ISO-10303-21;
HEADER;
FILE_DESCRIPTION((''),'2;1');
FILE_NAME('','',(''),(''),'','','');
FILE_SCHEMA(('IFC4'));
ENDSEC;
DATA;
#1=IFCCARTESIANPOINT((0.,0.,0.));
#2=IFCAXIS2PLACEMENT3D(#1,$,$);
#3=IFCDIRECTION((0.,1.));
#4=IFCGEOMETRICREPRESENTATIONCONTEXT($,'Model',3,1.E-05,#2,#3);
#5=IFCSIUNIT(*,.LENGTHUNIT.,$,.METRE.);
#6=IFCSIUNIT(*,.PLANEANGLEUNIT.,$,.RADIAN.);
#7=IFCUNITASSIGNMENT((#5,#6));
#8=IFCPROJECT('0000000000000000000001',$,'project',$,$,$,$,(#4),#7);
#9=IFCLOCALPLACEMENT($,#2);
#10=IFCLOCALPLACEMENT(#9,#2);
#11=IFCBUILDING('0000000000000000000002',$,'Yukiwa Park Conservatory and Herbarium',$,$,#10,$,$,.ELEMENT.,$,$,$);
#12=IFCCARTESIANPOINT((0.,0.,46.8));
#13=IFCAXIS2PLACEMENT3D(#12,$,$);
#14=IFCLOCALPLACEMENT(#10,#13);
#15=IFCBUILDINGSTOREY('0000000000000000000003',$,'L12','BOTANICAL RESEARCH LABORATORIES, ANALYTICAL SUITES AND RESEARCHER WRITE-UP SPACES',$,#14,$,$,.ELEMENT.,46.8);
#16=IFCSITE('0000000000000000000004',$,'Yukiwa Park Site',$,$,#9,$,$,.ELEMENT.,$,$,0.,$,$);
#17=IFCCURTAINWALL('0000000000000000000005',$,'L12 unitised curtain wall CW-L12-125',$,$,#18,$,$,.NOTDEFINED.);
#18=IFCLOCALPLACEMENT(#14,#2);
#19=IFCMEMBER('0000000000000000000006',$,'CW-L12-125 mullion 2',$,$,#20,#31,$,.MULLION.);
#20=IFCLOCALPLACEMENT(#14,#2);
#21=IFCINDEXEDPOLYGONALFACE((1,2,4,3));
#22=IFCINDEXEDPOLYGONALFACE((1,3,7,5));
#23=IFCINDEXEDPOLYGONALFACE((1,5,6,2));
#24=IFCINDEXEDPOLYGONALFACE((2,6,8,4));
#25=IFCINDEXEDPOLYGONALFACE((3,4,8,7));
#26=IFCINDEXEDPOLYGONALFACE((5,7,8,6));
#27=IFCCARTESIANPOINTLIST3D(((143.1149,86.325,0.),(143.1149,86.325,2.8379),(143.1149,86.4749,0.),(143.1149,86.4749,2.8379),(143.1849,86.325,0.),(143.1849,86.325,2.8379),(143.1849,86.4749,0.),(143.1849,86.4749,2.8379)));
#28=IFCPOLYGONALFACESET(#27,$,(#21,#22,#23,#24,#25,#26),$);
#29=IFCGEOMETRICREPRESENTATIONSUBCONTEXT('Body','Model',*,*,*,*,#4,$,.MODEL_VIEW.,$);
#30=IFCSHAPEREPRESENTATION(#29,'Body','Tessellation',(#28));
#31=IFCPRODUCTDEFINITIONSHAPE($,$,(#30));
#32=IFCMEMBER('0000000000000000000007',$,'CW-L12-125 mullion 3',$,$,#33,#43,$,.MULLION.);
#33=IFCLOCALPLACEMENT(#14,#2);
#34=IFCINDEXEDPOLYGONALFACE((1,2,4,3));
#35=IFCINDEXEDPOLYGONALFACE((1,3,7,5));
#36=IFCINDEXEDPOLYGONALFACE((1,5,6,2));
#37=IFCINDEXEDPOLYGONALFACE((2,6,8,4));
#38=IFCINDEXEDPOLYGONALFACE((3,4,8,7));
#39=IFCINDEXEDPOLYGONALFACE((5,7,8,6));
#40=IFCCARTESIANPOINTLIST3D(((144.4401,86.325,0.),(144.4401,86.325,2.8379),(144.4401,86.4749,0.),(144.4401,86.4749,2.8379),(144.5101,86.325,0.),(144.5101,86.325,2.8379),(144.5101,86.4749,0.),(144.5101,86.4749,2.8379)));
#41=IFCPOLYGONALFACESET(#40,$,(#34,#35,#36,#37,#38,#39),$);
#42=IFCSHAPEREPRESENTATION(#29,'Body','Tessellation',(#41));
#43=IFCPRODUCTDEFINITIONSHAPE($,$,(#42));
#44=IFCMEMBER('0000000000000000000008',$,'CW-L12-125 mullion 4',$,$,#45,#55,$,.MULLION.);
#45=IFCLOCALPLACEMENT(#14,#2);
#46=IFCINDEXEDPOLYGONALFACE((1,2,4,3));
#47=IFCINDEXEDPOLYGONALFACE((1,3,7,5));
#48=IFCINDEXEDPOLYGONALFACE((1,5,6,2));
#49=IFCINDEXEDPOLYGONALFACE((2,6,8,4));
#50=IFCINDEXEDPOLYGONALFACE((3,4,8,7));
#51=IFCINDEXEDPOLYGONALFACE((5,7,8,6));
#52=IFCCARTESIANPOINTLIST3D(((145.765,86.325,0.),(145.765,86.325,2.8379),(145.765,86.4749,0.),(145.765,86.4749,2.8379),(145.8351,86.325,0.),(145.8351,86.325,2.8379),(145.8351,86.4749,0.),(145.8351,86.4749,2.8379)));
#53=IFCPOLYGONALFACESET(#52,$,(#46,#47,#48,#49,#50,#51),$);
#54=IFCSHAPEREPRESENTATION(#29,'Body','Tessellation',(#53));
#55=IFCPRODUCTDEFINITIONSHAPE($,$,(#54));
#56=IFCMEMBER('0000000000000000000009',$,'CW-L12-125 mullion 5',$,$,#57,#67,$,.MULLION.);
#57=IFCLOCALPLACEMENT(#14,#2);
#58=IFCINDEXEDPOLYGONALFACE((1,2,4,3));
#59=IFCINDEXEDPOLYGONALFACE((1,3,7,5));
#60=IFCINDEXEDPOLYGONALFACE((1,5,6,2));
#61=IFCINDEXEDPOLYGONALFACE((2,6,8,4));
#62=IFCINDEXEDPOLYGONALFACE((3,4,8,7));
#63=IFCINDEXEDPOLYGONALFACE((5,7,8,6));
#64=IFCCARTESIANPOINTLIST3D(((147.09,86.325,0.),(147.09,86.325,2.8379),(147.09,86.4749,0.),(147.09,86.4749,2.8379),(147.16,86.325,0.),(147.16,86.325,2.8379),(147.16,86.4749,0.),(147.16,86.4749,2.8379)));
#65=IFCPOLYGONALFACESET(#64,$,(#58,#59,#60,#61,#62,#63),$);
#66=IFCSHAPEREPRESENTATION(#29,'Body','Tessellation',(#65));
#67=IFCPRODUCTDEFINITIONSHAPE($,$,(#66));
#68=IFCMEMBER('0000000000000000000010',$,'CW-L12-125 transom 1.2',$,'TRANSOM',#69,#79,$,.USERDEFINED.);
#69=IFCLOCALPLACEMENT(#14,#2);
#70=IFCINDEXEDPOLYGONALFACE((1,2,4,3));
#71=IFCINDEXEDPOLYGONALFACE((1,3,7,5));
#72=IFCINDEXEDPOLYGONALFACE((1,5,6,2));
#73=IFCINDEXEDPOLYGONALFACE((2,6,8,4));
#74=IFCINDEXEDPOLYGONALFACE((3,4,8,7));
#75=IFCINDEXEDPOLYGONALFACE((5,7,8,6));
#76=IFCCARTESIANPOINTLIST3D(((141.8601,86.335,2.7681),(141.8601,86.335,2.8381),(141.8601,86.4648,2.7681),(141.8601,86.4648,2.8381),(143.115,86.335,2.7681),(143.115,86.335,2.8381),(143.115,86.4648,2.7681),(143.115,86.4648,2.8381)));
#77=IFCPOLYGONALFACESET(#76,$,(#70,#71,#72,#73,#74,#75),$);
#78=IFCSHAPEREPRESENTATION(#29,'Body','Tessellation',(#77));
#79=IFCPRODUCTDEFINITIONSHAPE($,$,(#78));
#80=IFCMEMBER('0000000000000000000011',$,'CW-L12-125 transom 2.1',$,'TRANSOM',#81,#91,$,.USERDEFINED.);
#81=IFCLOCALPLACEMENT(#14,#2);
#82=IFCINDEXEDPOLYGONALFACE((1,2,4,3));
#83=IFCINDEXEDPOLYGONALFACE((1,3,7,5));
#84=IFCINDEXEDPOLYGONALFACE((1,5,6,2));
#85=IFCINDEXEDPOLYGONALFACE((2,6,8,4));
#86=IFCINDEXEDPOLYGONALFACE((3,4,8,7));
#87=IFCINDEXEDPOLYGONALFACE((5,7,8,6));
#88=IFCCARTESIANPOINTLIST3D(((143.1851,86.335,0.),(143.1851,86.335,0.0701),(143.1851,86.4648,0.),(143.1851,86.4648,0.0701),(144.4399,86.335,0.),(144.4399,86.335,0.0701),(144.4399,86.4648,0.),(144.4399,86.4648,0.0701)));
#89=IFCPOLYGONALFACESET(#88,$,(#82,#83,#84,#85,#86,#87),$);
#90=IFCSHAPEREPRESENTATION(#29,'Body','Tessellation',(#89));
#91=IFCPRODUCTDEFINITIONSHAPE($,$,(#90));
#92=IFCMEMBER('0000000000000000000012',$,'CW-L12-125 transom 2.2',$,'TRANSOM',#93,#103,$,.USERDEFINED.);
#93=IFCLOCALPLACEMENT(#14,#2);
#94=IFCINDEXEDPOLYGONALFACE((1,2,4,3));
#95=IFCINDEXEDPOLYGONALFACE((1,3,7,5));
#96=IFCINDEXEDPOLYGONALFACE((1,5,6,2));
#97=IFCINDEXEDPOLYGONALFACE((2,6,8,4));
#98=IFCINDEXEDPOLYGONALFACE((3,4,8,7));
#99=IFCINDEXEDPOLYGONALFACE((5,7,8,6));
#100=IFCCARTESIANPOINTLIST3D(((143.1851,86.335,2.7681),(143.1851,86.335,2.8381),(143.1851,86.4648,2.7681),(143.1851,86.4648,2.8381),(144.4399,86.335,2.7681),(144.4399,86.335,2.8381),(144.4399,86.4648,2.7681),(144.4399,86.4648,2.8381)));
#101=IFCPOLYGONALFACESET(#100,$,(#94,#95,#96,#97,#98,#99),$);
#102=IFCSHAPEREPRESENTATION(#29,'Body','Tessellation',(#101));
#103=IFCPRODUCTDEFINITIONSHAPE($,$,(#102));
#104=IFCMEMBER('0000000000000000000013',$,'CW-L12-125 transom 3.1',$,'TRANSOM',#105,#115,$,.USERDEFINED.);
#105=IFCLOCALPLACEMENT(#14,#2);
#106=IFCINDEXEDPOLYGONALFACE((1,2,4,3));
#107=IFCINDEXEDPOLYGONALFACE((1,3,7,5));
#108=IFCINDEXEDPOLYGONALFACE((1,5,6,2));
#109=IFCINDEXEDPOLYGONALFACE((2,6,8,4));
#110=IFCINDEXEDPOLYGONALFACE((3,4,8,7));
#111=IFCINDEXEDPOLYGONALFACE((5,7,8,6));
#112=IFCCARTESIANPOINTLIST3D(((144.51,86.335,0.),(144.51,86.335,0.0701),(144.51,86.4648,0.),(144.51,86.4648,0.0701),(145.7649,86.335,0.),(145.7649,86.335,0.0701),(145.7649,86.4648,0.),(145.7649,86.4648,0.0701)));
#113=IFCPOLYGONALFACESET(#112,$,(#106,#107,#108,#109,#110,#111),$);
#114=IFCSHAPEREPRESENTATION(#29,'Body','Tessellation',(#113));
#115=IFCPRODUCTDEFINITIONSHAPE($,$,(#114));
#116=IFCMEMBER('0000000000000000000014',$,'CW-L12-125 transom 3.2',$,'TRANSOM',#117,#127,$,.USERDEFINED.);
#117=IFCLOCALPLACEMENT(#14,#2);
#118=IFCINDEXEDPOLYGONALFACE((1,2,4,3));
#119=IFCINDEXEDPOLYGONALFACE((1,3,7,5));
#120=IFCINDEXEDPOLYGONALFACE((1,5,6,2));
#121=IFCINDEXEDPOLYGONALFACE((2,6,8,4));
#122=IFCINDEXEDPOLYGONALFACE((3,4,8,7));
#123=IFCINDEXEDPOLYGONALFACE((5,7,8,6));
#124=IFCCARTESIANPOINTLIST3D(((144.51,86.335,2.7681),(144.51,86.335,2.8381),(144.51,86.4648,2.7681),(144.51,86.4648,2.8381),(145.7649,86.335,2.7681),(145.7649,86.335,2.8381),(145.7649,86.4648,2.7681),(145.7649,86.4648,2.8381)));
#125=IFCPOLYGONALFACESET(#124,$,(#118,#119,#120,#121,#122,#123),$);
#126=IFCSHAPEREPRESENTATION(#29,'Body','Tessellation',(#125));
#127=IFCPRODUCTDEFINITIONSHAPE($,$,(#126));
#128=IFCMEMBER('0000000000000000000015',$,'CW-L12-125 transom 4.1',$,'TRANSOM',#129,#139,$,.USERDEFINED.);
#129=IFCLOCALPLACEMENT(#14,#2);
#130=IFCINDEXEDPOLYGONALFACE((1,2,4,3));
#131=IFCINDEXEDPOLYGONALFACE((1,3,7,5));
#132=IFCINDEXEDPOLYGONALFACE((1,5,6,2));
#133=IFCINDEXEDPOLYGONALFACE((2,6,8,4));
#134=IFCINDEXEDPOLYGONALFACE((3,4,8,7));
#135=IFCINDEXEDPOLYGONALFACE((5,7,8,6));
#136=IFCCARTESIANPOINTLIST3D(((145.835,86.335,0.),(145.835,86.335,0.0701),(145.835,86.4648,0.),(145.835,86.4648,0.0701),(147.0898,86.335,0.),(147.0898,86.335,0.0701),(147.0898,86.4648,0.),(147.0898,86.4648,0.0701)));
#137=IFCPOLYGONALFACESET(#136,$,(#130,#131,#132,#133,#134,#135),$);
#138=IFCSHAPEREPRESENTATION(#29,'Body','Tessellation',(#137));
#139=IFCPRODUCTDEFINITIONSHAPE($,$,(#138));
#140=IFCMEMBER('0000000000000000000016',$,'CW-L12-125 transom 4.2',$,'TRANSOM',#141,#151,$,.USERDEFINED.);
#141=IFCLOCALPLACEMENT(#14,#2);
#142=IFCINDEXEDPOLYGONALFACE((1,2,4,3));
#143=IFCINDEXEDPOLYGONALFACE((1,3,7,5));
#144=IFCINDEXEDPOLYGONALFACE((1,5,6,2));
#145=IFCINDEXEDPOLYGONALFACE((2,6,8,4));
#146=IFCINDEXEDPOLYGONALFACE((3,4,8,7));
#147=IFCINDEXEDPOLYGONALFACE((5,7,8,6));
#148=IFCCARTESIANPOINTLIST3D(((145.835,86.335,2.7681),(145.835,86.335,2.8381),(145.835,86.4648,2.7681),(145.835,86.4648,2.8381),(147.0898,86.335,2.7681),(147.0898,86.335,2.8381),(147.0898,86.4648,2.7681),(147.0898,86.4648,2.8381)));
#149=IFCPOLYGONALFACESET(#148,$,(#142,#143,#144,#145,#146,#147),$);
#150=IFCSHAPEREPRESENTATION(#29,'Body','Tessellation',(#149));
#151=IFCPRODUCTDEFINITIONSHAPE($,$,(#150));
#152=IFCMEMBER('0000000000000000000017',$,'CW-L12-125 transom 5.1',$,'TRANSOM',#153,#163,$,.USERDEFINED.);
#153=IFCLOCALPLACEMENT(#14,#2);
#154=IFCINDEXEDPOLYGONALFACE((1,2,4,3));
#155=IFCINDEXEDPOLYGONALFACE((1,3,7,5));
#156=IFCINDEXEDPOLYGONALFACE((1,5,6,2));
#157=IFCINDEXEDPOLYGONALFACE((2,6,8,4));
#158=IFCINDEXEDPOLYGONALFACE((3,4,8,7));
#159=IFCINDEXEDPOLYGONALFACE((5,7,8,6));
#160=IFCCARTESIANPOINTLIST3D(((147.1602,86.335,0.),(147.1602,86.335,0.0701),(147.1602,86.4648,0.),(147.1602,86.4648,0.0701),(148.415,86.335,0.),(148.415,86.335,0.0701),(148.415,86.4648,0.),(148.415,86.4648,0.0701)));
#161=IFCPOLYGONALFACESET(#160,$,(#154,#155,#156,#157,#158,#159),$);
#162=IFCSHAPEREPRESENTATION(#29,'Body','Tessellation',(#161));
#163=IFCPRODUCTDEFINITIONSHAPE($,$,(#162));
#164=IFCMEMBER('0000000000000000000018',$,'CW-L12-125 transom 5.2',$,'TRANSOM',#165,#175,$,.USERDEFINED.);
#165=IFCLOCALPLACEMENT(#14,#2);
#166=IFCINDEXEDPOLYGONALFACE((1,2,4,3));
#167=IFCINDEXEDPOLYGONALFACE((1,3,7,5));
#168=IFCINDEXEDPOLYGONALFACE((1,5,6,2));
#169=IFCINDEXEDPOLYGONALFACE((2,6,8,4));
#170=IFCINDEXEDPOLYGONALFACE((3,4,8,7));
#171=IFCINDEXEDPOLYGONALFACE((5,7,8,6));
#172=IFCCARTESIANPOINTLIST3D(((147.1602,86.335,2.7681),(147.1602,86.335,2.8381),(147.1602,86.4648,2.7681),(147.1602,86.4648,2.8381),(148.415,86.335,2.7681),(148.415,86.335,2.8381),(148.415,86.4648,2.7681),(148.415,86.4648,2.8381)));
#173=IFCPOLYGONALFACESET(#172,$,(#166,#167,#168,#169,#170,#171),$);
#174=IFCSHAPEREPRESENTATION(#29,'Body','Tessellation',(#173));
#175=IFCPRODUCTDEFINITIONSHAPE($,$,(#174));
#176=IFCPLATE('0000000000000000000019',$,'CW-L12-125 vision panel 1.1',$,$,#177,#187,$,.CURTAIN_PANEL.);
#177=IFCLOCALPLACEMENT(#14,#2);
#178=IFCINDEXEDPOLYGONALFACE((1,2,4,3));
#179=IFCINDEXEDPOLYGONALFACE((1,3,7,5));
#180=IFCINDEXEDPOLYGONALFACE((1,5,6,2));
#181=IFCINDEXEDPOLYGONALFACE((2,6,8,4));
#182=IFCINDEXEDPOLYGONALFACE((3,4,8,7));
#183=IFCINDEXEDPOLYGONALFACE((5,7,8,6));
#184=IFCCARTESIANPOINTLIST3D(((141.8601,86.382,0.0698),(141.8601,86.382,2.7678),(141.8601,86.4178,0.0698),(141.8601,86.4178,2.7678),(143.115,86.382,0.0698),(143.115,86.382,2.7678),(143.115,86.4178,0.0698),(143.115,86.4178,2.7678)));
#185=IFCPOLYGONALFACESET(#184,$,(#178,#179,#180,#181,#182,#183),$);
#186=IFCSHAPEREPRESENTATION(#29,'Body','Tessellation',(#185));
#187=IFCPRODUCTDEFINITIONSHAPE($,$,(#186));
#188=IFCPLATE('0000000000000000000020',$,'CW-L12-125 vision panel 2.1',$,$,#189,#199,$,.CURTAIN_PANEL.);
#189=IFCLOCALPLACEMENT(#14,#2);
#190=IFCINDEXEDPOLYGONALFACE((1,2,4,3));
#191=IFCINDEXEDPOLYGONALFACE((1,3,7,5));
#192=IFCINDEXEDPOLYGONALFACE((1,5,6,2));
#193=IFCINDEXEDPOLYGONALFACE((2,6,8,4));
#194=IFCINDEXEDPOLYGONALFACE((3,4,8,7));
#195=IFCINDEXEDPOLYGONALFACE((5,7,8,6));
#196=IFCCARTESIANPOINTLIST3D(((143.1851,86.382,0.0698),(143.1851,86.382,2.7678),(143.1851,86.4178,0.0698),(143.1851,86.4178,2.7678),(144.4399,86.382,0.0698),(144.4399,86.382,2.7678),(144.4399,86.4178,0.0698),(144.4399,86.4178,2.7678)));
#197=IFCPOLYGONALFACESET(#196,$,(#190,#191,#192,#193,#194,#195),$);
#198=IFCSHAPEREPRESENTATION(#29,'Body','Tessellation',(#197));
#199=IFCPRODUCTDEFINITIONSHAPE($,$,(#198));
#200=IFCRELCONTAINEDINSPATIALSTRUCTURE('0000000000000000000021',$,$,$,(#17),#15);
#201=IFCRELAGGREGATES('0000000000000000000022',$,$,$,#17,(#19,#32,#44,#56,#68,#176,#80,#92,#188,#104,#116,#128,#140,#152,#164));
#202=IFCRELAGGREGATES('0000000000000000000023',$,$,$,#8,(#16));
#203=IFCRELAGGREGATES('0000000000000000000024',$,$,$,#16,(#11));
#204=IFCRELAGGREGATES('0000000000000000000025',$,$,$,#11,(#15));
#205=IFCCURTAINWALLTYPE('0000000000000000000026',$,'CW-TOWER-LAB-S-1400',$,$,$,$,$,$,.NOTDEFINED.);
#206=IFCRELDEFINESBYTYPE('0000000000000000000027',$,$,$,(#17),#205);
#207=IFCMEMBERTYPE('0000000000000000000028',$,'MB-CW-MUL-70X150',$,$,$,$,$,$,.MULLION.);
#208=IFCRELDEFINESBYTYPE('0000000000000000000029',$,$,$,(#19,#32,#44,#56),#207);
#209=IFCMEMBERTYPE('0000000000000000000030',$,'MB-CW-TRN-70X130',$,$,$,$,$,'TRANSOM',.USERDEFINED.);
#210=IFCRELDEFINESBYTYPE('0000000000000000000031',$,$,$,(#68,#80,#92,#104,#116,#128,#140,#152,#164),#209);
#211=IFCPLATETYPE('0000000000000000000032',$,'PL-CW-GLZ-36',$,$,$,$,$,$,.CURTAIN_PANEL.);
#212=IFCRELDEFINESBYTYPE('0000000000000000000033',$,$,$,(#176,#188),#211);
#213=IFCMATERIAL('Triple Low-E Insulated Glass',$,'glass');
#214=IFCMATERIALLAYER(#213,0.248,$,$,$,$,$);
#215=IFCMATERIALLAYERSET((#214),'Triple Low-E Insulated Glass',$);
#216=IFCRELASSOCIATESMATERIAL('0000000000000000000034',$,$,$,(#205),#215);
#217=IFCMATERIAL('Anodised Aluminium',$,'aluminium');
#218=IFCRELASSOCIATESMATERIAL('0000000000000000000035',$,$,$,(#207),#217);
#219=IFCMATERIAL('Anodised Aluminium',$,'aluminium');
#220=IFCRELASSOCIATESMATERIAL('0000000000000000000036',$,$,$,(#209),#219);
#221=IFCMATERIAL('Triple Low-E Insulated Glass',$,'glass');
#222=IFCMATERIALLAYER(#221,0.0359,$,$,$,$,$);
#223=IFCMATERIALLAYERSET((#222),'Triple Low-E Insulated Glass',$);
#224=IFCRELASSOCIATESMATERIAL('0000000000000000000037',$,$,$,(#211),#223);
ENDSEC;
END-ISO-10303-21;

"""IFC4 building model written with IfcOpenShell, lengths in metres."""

from ifc_helpers import new_model, si_unit, direction, frame, origin, origin_2d, place, context, subcontext, project, spatial, rectangle, extrude, material, layer, layer_set, type_object, element, aggregate, save


model = new_model("IFC4")

# Units and contexts
model_context = context("Model", 3, precision=1e-05, world=origin(), true_north=direction((0.0, 1.0)))
body_context = subcontext(model_context, "Body", "Model", "MODEL_VIEW")
ifc_project = project(units=[si_unit("LENGTHUNIT", "METRE"), si_unit("PLANEANGLEUNIT", "RADIAN")], contexts=[model_context])

# Site, building, storey
site_placement = place(None, origin())
site = spatial("IfcSite", under=ifc_project, at=site_placement, Name="Yukiwa Park Site", CompositionType="ELEMENT", RefElevation=0.0)
building_placement = place(site_placement, origin())
building = spatial("IfcBuilding", under=site, at=building_placement, Name="Yukiwa Park Conservatory and Herbarium", CompositionType="ELEMENT")
storey_placement = place(building_placement, frame((0.0, 0.0, 46.8)))
storey = spatial("IfcBuildingStorey", under=building, at=storey_placement, Name="L12", Description="BOTANICAL RESEARCH LABORATORIES, ANALYTICAL SUITES AND RESEARCHER WRITE-UP SPACES", CompositionType="ELEMENT", Elevation=46.8)

# Curtain wall, members, plates
ifc_material_1 = material(Name="Triple Low-E Insulated Glass", Category="glass")
ifc_layer_1 = layer(ifc_material_1, 0.248)
ifc_layer_set_1 = layer_set([ifc_layer_1], Name="Triple Low-E Insulated Glass")
curtain_wall_type = type_object("IfcCurtainWallType", Name="CW-TOWER-LAB-S-1400", PredefinedType="NOTDEFINED", material=ifc_layer_set_1)
curtain_wall_placement = place(storey_placement, origin())
curtain_wall = element("IfcCurtainWall", 1, at=curtain_wall_placement, inside=storey, type_object=curtain_wall_type, Name="L12 unitised curtain wall CW-L12-125", PredefinedType="NOTDEFINED")
ifc_material_2 = material(Name="Anodised Aluminium", Category="aluminium")
member_type_1 = type_object("IfcMemberType", Name="MB-CW-MUL-70X150", PredefinedType="MULLION", material=ifc_material_2)
member_1_placement = place(storey_placement, frame((143.1499, 86.3999, 0.0), z_axis=(0.0, 0.0, 1.0), x_axis=(1.0, 0.0, 0.0)))
member_1 = element("IfcMember", 2, at=member_1_placement, type_object=member_type_1, Name="CW-L12-125 mullion 2", PredefinedType="MULLION", context=body_context, shape_type="SweptSolid", body=[
    extrude(rectangle(XDim=0.0701, YDim=0.1499, at=origin_2d()), origin(), (0.0, 0.0, 1.0), 2.8379),
])
member_2_placement = place(storey_placement, frame((144.4751, 86.3999, 0.0), z_axis=(0.0, 0.0, 1.0), x_axis=(1.0, 0.0, 0.0)))
member_2 = element("IfcMember", 3, at=member_2_placement, type_object=member_type_1, Name="CW-L12-125 mullion 3", PredefinedType="MULLION", context=body_context, shape_type="SweptSolid", body=[
    extrude(rectangle(XDim=0.0701, YDim=0.1499, at=origin_2d()), origin(), (0.0, 0.0, 1.0), 2.8379),
])
member_3_placement = place(storey_placement, frame((145.8, 86.3999, 0.0), z_axis=(0.0, 0.0, 1.0), x_axis=(1.0, 0.0, 0.0)))
member_3 = element("IfcMember", 4, at=member_3_placement, type_object=member_type_1, Name="CW-L12-125 mullion 4", PredefinedType="MULLION", context=body_context, shape_type="SweptSolid", body=[
    extrude(rectangle(XDim=0.0701, YDim=0.1499, at=origin_2d()), origin(), (0.0, 0.0, 1.0), 2.8379),
])
member_4_placement = place(storey_placement, frame((147.125, 86.3999, 0.0), z_axis=(0.0, 0.0, 1.0), x_axis=(1.0, 0.0, 0.0)))
member_4 = element("IfcMember", 5, at=member_4_placement, type_object=member_type_1, Name="CW-L12-125 mullion 5", PredefinedType="MULLION", context=body_context, shape_type="SweptSolid", body=[
    extrude(rectangle(XDim=0.0701, YDim=0.1499, at=origin_2d()), origin(), (0.0, 0.0, 1.0), 2.8379),
])
ifc_material_3 = material(Name="Anodised Aluminium", Category="aluminium")
member_type_2 = type_object("IfcMemberType", Name="MB-CW-TRN-70X130", ElementType="TRANSOM", PredefinedType="USERDEFINED", material=ifc_material_3)
member_5_placement = place(storey_placement, frame((142.4875, 86.3999, 2.7681), z_axis=(0.0, 0.0, 1.0), x_axis=(1.0, 0.0, 0.0)))
member_5 = element("IfcMember", 6, at=member_5_placement, type_object=member_type_2, Name="CW-L12-125 transom 1.2", ObjectType="TRANSOM", PredefinedType="USERDEFINED", context=body_context, shape_type="SweptSolid", body=[
    extrude(rectangle(XDim=1.2549, YDim=0.1299, at=origin_2d()), origin(), (0.0, 0.0, 1.0), 0.0701),
])
member_6_placement = place(storey_placement, frame((143.8125, 86.3999, 0.0), z_axis=(0.0, 0.0, 1.0), x_axis=(1.0, 0.0, 0.0)))
member_6 = element("IfcMember", 7, at=member_6_placement, type_object=member_type_2, Name="CW-L12-125 transom 2.1", ObjectType="TRANSOM", PredefinedType="USERDEFINED", context=body_context, shape_type="SweptSolid", body=[
    extrude(rectangle(XDim=1.2549, YDim=0.1299, at=origin_2d()), origin(), (0.0, 0.0, 1.0), 0.0701),
])
member_7_placement = place(storey_placement, frame((143.8125, 86.3999, 2.7681), z_axis=(0.0, 0.0, 1.0), x_axis=(1.0, 0.0, 0.0)))
member_7 = element("IfcMember", 8, at=member_7_placement, type_object=member_type_2, Name="CW-L12-125 transom 2.2", ObjectType="TRANSOM", PredefinedType="USERDEFINED", context=body_context, shape_type="SweptSolid", body=[
    extrude(rectangle(XDim=1.2549, YDim=0.1299, at=origin_2d()), origin(), (0.0, 0.0, 1.0), 0.0701),
])
member_8_placement = place(storey_placement, frame((145.1375, 86.3999, 0.0), z_axis=(0.0, 0.0, 1.0), x_axis=(1.0, 0.0, 0.0)))
member_8 = element("IfcMember", 9, at=member_8_placement, type_object=member_type_2, Name="CW-L12-125 transom 3.1", ObjectType="TRANSOM", PredefinedType="USERDEFINED", context=body_context, shape_type="SweptSolid", body=[
    extrude(rectangle(XDim=1.2549, YDim=0.1299, at=origin_2d()), origin(), (0.0, 0.0, 1.0), 0.0701),
])
member_9_placement = place(storey_placement, frame((145.1375, 86.3999, 2.7681), z_axis=(0.0, 0.0, 1.0), x_axis=(1.0, 0.0, 0.0)))
member_9 = element("IfcMember", 10, at=member_9_placement, type_object=member_type_2, Name="CW-L12-125 transom 3.2", ObjectType="TRANSOM", PredefinedType="USERDEFINED", context=body_context, shape_type="SweptSolid", body=[
    extrude(rectangle(XDim=1.2549, YDim=0.1299, at=origin_2d()), origin(), (0.0, 0.0, 1.0), 0.0701),
])
member_10_placement = place(storey_placement, frame((146.4624, 86.3999, 0.0), z_axis=(0.0, 0.0, 1.0), x_axis=(1.0, 0.0, 0.0)))
member_10 = element("IfcMember", 11, at=member_10_placement, type_object=member_type_2, Name="CW-L12-125 transom 4.1", ObjectType="TRANSOM", PredefinedType="USERDEFINED", context=body_context, shape_type="SweptSolid", body=[
    extrude(rectangle(XDim=1.2549, YDim=0.1299, at=origin_2d()), origin(), (0.0, 0.0, 1.0), 0.0701),
])
member_11_placement = place(storey_placement, frame((146.4624, 86.3999, 2.7681), z_axis=(0.0, 0.0, 1.0), x_axis=(1.0, 0.0, 0.0)))
member_11 = element("IfcMember", 12, at=member_11_placement, type_object=member_type_2, Name="CW-L12-125 transom 4.2", ObjectType="TRANSOM", PredefinedType="USERDEFINED", context=body_context, shape_type="SweptSolid", body=[
    extrude(rectangle(XDim=1.2549, YDim=0.1299, at=origin_2d()), origin(), (0.0, 0.0, 1.0), 0.0701),
])
member_12_placement = place(storey_placement, frame((147.7876, 86.3999, 0.0), z_axis=(0.0, 0.0, 1.0), x_axis=(1.0, 0.0, 0.0)))
member_12 = element("IfcMember", 13, at=member_12_placement, type_object=member_type_2, Name="CW-L12-125 transom 5.1", ObjectType="TRANSOM", PredefinedType="USERDEFINED", context=body_context, shape_type="SweptSolid", body=[
    extrude(rectangle(XDim=1.2549, YDim=0.1299, at=origin_2d()), origin(), (0.0, 0.0, 1.0), 0.0701),
])
member_13_placement = place(storey_placement, frame((147.7876, 86.3999, 2.7681), z_axis=(0.0, 0.0, 1.0), x_axis=(1.0, 0.0, 0.0)))
member_13 = element("IfcMember", 14, at=member_13_placement, type_object=member_type_2, Name="CW-L12-125 transom 5.2", ObjectType="TRANSOM", PredefinedType="USERDEFINED", context=body_context, shape_type="SweptSolid", body=[
    extrude(rectangle(XDim=1.2549, YDim=0.1299, at=origin_2d()), origin(), (0.0, 0.0, 1.0), 0.0701),
])
ifc_material_4 = material(Name="Triple Low-E Insulated Glass", Category="glass")
ifc_layer_2 = layer(ifc_material_4, 0.0359)
ifc_layer_set_2 = layer_set([ifc_layer_2], Name="Triple Low-E Insulated Glass")
plate_type_1 = type_object("IfcPlateType", Name="PL-CW-GLZ-36", PredefinedType="CURTAIN_PANEL", material=ifc_layer_set_2)
plate_1_placement = place(storey_placement, frame((142.4875, 86.3999, 0.0698), z_axis=(0.0, 0.0, 1.0), x_axis=(1.0, 0.0, 0.0)))
plate_1 = element("IfcPlate", 15, at=plate_1_placement, type_object=plate_type_1, Name="CW-L12-125 vision panel 1.1", PredefinedType="CURTAIN_PANEL", context=body_context, shape_type="SweptSolid", body=[
    extrude(rectangle(XDim=1.2549, YDim=0.0359, at=origin_2d()), origin(), (0.0, 0.0, 1.0), 2.698),
])
plate_2_placement = place(storey_placement, frame((143.8125, 86.3999, 0.0698), z_axis=(0.0, 0.0, 1.0), x_axis=(1.0, 0.0, 0.0)))
plate_2 = element("IfcPlate", 16, at=plate_2_placement, type_object=plate_type_1, Name="CW-L12-125 vision panel 2.1", PredefinedType="CURTAIN_PANEL", context=body_context, shape_type="SweptSolid", body=[
    extrude(rectangle(XDim=1.2549, YDim=0.0359, at=origin_2d()), origin(), (0.0, 0.0, 1.0), 2.698),
])
aggregate(curtain_wall, [member_1, member_2, member_3, member_4, member_5, plate_1, member_6, member_7, plate_2, member_8, member_9, member_10, member_11, member_12, member_13])

save(model, "model.ifc")
